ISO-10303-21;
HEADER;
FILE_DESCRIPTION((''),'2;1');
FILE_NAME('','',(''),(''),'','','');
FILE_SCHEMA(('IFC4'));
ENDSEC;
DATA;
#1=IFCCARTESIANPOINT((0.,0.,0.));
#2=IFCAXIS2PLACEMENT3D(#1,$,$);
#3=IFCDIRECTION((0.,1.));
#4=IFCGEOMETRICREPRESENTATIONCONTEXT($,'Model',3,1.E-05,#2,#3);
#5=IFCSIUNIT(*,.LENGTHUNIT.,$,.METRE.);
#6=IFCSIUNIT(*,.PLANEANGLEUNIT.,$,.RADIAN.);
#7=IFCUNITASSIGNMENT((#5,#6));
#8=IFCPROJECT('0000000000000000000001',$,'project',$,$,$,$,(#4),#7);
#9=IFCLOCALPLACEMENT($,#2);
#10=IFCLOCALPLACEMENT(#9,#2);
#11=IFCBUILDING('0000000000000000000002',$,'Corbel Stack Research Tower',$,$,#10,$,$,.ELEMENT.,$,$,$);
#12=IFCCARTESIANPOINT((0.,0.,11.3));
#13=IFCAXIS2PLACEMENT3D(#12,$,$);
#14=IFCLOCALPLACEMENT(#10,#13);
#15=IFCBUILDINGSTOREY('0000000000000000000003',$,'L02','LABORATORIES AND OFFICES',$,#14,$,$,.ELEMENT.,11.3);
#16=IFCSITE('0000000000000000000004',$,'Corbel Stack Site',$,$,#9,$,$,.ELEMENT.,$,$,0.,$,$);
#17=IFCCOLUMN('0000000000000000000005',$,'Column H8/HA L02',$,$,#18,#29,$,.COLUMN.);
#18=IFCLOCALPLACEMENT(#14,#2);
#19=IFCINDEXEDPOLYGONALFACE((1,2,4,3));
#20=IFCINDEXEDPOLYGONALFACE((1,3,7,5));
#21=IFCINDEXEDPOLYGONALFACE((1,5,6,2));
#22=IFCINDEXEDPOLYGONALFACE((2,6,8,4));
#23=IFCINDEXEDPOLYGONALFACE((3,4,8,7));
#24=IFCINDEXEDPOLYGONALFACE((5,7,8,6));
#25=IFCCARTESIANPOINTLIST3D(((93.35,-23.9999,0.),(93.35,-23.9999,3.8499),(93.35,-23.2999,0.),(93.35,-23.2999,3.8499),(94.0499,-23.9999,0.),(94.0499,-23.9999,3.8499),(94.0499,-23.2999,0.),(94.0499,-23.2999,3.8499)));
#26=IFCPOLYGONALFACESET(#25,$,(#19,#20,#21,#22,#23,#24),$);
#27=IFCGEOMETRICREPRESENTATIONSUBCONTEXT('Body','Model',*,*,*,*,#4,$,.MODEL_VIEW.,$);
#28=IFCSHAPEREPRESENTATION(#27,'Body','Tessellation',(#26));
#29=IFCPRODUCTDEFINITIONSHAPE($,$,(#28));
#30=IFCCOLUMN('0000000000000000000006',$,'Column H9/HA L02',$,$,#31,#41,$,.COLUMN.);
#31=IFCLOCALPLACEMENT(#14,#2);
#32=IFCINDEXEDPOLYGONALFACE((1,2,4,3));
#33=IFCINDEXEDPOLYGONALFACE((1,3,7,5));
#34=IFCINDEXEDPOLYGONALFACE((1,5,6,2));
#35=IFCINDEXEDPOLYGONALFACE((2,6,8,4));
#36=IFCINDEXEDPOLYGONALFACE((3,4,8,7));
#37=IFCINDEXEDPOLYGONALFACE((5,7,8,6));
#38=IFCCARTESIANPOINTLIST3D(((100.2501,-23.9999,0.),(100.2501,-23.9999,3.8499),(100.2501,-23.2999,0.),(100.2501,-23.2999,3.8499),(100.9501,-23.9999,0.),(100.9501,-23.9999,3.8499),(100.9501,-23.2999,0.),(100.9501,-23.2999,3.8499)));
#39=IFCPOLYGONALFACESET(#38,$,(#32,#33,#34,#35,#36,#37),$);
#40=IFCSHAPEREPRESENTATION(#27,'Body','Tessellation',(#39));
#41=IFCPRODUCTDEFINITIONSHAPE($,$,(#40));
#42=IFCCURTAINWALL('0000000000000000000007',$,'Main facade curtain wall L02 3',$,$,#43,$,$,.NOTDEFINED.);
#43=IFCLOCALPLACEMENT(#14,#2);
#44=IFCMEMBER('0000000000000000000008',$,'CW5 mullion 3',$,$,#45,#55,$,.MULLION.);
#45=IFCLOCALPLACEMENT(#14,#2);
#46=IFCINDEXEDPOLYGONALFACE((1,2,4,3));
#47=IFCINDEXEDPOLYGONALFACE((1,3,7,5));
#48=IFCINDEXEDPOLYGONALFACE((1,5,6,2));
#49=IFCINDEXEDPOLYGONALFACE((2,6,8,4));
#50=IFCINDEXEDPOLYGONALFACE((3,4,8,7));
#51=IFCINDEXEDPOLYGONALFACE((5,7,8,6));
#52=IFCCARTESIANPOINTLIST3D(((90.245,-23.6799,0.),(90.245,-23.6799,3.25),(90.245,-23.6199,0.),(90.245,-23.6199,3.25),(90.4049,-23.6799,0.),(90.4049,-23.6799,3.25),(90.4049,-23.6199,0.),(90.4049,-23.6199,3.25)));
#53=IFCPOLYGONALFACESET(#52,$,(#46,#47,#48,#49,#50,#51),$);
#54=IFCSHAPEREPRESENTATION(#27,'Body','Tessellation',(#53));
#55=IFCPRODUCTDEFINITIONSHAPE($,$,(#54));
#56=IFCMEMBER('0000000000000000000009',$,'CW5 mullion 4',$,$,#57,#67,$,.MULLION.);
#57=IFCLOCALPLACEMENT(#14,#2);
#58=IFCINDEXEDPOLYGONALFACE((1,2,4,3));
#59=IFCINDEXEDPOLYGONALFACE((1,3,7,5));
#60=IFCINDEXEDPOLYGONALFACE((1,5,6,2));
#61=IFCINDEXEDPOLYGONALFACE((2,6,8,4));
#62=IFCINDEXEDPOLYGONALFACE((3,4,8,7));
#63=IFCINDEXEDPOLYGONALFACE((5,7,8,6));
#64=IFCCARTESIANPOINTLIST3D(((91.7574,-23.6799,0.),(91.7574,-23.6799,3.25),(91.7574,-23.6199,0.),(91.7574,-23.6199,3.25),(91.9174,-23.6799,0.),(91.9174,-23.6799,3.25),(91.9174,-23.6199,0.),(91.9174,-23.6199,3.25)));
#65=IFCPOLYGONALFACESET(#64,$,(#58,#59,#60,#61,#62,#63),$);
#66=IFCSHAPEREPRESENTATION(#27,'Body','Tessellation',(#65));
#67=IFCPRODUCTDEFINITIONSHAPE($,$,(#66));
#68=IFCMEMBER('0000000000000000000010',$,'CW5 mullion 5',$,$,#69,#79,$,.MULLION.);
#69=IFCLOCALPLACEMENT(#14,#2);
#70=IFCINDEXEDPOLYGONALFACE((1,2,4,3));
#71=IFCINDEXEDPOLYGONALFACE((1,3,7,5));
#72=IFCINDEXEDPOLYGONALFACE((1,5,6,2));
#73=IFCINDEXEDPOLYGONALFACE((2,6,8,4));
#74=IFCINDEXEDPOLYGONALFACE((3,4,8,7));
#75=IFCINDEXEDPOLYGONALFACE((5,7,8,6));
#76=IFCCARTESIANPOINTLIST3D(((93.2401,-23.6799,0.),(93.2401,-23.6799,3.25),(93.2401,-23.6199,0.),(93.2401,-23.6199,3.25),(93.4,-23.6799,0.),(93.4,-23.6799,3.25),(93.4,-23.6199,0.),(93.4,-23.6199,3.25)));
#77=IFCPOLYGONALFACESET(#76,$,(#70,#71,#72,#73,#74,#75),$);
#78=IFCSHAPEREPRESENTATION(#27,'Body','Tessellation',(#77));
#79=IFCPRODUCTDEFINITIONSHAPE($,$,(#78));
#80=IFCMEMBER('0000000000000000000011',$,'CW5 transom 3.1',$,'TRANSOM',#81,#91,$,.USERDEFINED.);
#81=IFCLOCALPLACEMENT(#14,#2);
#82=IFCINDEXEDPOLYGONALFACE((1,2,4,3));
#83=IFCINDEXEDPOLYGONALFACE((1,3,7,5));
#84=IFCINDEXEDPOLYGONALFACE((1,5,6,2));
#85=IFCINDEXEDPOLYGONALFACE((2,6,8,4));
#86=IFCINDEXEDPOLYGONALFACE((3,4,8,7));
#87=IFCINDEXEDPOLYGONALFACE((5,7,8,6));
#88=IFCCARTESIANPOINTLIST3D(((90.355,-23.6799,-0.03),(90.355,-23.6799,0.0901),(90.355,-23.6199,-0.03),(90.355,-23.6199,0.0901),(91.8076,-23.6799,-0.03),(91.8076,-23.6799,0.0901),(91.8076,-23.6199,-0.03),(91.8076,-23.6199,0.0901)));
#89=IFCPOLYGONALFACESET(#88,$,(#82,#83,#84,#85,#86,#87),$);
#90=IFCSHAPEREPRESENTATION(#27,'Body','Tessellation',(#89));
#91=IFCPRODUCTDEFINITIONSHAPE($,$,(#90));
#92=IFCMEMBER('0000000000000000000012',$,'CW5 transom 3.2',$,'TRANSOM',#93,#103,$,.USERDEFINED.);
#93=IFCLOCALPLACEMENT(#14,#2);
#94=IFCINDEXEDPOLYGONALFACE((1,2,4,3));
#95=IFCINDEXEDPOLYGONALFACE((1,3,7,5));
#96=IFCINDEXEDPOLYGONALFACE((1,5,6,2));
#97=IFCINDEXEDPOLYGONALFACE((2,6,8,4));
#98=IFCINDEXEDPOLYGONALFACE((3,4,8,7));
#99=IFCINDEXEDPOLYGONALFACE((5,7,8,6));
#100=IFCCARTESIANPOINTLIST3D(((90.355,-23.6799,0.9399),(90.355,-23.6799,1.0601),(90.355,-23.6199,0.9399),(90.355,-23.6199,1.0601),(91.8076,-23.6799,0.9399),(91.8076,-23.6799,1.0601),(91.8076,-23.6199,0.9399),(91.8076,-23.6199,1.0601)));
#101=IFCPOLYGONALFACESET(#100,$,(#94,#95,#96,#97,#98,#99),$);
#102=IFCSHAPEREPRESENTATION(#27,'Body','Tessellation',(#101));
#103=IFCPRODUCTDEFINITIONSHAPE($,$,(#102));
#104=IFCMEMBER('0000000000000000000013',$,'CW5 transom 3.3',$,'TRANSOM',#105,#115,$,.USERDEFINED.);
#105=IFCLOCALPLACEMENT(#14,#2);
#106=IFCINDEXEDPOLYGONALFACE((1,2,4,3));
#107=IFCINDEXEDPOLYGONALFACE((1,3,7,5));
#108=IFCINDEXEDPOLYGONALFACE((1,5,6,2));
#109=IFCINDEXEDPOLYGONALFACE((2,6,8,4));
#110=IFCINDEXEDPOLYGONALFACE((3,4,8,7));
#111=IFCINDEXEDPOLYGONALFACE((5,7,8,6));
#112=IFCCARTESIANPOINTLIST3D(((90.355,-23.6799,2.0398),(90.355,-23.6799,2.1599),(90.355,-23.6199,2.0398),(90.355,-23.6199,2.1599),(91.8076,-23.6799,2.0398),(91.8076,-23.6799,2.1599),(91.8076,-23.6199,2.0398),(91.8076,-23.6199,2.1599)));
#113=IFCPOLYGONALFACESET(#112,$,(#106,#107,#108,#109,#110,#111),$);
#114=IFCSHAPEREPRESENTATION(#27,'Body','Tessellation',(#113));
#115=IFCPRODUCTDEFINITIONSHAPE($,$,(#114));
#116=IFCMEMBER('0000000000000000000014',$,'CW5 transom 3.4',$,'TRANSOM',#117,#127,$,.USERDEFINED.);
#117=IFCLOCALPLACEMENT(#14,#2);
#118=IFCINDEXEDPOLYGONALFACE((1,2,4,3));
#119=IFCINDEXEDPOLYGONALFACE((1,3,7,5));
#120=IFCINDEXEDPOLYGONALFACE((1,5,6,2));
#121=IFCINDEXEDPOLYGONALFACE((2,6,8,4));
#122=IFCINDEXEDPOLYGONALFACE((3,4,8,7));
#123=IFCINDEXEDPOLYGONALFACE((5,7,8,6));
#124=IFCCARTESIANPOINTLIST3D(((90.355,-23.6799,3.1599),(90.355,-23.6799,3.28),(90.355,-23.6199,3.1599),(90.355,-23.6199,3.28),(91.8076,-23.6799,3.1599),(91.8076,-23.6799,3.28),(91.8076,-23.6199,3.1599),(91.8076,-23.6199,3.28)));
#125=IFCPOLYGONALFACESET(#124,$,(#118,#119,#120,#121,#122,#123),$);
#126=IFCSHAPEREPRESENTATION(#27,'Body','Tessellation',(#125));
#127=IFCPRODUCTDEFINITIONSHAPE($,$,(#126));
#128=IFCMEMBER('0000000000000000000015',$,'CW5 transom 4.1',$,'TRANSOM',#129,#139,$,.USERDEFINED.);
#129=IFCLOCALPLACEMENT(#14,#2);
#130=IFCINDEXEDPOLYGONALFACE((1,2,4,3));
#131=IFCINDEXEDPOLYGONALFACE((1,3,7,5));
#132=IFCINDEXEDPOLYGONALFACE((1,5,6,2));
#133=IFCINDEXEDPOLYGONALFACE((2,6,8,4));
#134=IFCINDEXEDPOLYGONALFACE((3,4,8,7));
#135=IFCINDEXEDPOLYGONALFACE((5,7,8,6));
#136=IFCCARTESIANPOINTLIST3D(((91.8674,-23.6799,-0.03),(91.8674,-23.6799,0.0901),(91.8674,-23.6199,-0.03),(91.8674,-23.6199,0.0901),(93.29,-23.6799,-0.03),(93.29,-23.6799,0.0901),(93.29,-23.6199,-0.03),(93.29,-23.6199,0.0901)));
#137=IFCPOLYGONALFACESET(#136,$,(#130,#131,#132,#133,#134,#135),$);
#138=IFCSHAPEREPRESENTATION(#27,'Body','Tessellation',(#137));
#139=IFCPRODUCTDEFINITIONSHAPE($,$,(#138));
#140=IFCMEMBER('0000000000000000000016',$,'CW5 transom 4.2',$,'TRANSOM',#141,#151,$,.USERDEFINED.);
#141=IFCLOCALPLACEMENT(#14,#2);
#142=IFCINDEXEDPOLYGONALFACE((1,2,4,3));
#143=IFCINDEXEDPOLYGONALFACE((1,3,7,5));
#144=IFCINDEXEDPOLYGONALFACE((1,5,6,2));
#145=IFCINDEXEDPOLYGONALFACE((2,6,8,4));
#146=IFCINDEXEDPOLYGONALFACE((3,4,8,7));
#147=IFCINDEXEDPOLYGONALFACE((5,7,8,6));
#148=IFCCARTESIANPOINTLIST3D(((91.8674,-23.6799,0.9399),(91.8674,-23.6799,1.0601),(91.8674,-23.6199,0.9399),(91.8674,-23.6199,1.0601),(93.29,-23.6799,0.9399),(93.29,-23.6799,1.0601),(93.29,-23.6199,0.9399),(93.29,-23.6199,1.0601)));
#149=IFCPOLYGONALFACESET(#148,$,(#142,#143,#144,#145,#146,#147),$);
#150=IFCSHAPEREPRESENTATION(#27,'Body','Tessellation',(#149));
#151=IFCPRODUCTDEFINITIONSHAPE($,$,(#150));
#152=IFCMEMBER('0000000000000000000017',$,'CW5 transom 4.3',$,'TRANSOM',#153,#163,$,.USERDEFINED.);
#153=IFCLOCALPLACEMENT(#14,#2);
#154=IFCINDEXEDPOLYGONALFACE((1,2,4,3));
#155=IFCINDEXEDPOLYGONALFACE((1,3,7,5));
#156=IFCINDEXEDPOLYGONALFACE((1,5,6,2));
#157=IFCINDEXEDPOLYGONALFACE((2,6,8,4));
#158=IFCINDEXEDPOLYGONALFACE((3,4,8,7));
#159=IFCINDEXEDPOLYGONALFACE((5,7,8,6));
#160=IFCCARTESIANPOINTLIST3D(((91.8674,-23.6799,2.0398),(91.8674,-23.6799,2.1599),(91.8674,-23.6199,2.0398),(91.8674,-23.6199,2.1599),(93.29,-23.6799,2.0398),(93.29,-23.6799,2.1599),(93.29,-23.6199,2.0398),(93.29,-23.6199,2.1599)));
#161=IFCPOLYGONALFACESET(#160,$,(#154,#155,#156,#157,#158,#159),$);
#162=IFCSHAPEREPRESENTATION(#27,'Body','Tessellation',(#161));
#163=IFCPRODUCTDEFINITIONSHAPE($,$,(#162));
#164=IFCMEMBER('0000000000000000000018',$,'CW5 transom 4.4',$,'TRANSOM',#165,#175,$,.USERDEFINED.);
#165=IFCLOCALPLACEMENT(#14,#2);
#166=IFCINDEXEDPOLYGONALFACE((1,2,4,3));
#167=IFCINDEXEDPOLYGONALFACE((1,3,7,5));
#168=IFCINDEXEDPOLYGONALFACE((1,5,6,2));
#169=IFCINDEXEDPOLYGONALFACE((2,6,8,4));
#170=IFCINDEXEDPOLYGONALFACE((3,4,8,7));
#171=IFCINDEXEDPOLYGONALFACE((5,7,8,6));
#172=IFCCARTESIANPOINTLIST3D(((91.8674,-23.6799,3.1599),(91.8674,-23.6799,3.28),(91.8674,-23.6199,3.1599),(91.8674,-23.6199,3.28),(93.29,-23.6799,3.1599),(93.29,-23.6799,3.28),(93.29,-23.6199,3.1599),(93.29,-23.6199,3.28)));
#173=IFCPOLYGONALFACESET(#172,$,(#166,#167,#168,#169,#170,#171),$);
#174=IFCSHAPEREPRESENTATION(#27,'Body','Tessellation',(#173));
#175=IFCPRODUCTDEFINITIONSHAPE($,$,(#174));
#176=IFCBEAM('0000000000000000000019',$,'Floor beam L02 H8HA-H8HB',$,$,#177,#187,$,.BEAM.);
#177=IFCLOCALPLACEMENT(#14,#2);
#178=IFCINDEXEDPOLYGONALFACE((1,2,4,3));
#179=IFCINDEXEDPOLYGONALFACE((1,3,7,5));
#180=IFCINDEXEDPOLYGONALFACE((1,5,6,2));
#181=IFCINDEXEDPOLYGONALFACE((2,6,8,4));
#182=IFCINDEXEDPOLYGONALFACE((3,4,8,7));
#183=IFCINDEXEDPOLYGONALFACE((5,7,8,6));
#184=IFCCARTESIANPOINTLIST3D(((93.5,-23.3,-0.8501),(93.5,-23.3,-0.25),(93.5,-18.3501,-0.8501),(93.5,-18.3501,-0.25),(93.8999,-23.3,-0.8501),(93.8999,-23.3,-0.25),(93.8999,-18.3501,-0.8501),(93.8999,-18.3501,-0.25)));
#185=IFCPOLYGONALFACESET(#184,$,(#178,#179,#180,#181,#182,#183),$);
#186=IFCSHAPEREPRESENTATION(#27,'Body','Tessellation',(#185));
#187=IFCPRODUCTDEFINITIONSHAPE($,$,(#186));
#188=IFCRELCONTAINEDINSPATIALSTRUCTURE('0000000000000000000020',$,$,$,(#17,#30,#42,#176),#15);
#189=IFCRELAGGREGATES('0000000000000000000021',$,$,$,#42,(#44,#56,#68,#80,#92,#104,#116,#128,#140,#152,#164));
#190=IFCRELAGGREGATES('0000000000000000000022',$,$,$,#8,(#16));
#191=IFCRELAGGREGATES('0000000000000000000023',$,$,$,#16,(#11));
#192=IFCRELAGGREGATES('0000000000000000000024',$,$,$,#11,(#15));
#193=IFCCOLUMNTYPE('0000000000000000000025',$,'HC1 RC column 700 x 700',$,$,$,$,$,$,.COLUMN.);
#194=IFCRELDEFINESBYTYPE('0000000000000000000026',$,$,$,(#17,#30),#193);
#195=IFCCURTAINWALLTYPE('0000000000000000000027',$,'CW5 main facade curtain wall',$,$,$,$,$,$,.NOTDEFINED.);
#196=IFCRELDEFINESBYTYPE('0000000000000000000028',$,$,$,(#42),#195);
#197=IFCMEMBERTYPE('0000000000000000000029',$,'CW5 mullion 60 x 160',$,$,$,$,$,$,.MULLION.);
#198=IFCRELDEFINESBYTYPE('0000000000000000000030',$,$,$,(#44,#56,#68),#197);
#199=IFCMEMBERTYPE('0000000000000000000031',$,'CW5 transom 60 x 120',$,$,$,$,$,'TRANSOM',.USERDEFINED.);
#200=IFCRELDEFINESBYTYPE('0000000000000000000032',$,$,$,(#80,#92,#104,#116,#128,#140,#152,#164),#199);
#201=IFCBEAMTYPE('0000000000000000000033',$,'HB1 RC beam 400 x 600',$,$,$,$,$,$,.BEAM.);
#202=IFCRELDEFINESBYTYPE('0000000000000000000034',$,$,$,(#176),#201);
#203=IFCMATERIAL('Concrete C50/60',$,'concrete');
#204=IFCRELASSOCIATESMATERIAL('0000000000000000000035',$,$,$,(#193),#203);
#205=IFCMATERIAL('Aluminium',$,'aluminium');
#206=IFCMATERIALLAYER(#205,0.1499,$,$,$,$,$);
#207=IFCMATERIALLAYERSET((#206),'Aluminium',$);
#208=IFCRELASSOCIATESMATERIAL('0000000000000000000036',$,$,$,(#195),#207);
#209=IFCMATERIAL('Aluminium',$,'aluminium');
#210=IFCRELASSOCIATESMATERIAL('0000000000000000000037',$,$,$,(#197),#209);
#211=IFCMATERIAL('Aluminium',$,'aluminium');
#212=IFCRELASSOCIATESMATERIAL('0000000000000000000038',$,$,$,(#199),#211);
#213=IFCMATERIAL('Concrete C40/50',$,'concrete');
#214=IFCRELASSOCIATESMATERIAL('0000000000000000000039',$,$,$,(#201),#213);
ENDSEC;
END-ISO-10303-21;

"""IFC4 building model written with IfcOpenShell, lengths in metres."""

from ifc_helpers import new_model, si_unit, direction, frame, origin, origin_2d, place, context, subcontext, project, spatial, rectangle, extrude, material, layer, layer_set, material_profile, profile_set, type_object, element, aggregate, save


model = new_model("IFC4")

# Units and contexts
model_context = context("Model", 3, precision=1e-05, world=origin(), true_north=direction((0.0, 1.0)))
body_context = subcontext(model_context, "Body", "Model", "MODEL_VIEW")
ifc_project = project(units=[si_unit("LENGTHUNIT", "METRE"), si_unit("PLANEANGLEUNIT", "RADIAN")], contexts=[model_context])

# Site, building, storey
site_placement = place(None, origin())
site = spatial("IfcSite", under=ifc_project, at=site_placement, Name="Corbel Stack Site", CompositionType="ELEMENT", RefElevation=0.0)
building_placement = place(site_placement, origin())
building = spatial("IfcBuilding", under=site, at=building_placement, Name="Corbel Stack Research Tower", CompositionType="ELEMENT")
storey_placement = place(building_placement, frame((0.0, 0.0, 11.3)))
storey = spatial("IfcBuildingStorey", under=building, at=storey_placement, Name="L02", Description="LABORATORIES AND OFFICES", CompositionType="ELEMENT", Elevation=11.3)

# Columns
ifc_material_1 = material(Name="Concrete C50/60", Category="concrete")
ifc_material_profile_1 = material_profile(ifc_material_1, rectangle(XDim=0.7, YDim=0.7, at=origin_2d()), Name="RC 700 x 700")
ifc_profile_set_1 = profile_set([ifc_material_profile_1], Name="Concrete C50/60")
column_type = type_object("IfcColumnType", Name="HC1 RC column 700 x 700", PredefinedType="COLUMN", material=ifc_profile_set_1)
for number, where, z_axis, x_axis, name in (
    (1, (93.7, -23.6499, 0.0), (0.0, 0.0, 1.0), (1.0, 0.0, 0.0), "Column H8/HA L02"),
    (2, (100.6001, -23.6499, 0.0), (0.0, 0.0, 1.0), (1.0, 0.0, 0.0), "Column H9/HA L02"),
):
    element("IfcColumn", number, at=place(storey_placement, frame(where, z_axis=z_axis, x_axis=x_axis)), inside=storey, type_object=column_type, Name=name, PredefinedType="COLUMN", context=body_context, shape_type="SweptSolid", body=[
        extrude(rectangle(XDim=0.7, YDim=0.7, at=origin_2d()), origin(), (0.0, 0.0, 1.0), 3.8499),
    ])

# Curtain wall, members
ifc_material_2 = material(Name="Aluminium", Category="aluminium")
ifc_layer_1 = layer(ifc_material_2, 0.1499)
ifc_layer_set_1 = layer_set([ifc_layer_1], Name="Aluminium")
curtain_wall_type = type_object("IfcCurtainWallType", Name="CW5 main facade curtain wall", PredefinedType="NOTDEFINED", material=ifc_layer_set_1)
curtain_wall_placement = place(storey_placement, origin())
curtain_wall = element("IfcCurtainWall", 3, at=curtain_wall_placement, inside=storey, type_object=curtain_wall_type, Name="Main facade curtain wall L02 3", PredefinedType="NOTDEFINED")
ifc_material_3 = material(Name="Aluminium", Category="aluminium")
ifc_material_profile_2 = material_profile(ifc_material_3, rectangle(XDim=0.0601, YDim=0.1599, at=origin_2d()), Name="Mullion 60 x 160")
ifc_profile_set_2 = profile_set([ifc_material_profile_2], Name="Aluminium")
member_type_1 = type_object("IfcMemberType", Name="CW5 mullion 60 x 160", PredefinedType="MULLION", material=ifc_profile_set_2)
member_1_placement = place(storey_placement, frame((90.325, -23.6499, 0.0), z_axis=(0.0, 0.0, 1.0), x_axis=(0.0, 1.0, 0.0)))
member_1 = element("IfcMember", 4, at=member_1_placement, type_object=member_type_1, Name="CW5 mullion 3", PredefinedType="MULLION", context=body_context, shape_type="SweptSolid", body=[
    extrude(rectangle(XDim=0.0601, YDim=0.1599, at=origin_2d()), origin(), (0.0, 0.0, 1.0), 3.25),
])
member_2_placement = place(storey_placement, frame((91.8374, -23.6499, 0.0), z_axis=(0.0, 0.0, 1.0), x_axis=(0.0, 1.0, 0.0)))
member_2 = element("IfcMember", 5, at=member_2_placement, type_object=member_type_1, Name="CW5 mullion 4", PredefinedType="MULLION", context=body_context, shape_type="SweptSolid", body=[
    extrude(rectangle(XDim=0.0601, YDim=0.1599, at=origin_2d()), origin(), (0.0, 0.0, 1.0), 3.25),
])
member_3_placement = place(storey_placement, frame((93.3201, -23.6499, 0.0), z_axis=(0.0, 0.0, 1.0), x_axis=(0.0, 1.0, 0.0)))
member_3 = element("IfcMember", 6, at=member_3_placement, type_object=member_type_1, Name="CW5 mullion 5", PredefinedType="MULLION", context=body_context, shape_type="SweptSolid", body=[
    extrude(rectangle(XDim=0.0601, YDim=0.1599, at=origin_2d()), origin(), (0.0, 0.0, 1.0), 3.25),
])
ifc_material_4 = material(Name="Aluminium", Category="aluminium")
ifc_material_profile_3 = material_profile(ifc_material_4, rectangle(XDim=0.0601, YDim=0.1201, at=origin_2d()), Name="Transom 60 x 120")
ifc_profile_set_3 = profile_set([ifc_material_profile_3], Name="Aluminium")
member_type_2 = type_object("IfcMemberType", Name="CW5 transom 60 x 120", ElementType="TRANSOM", PredefinedType="USERDEFINED", material=ifc_profile_set_3)
member_4_placement = place(storey_placement, frame((90.355, -23.6499, 0.03), z_axis=(1.0, 0.0, 0.0), x_axis=(0.0, 1.0, 0.0)))
member_4 = element("IfcMember", 7, at=member_4_placement, type_object=member_type_2, Name="CW5 transom 3.1", ObjectType="TRANSOM", PredefinedType="USERDEFINED", context=body_context, shape_type="SweptSolid", body=[
    extrude(rectangle(XDim=0.0601, YDim=0.1201, at=origin_2d()), origin(), (0.0, 0.0, 1.0), 1.4526),
])
member_5_placement = place(storey_placement, frame((90.355, -23.6499, 1.0), z_axis=(1.0, 0.0, 0.0), x_axis=(0.0, 1.0, 0.0)))
member_5 = element("IfcMember", 8, at=member_5_placement, type_object=member_type_2, Name="CW5 transom 3.2", ObjectType="TRANSOM", PredefinedType="USERDEFINED", context=body_context, shape_type="SweptSolid", body=[
    extrude(rectangle(XDim=0.0601, YDim=0.1201, at=origin_2d()), origin(), (0.0, 0.0, 1.0), 1.4526),
])
member_6_placement = place(storey_placement, frame((90.355, -23.6499, 2.0999), z_axis=(1.0, 0.0, 0.0), x_axis=(0.0, 1.0, 0.0)))
member_6 = element("IfcMember", 9, at=member_6_placement, type_object=member_type_2, Name="CW5 transom 3.3", ObjectType="TRANSOM", PredefinedType="USERDEFINED", context=body_context, shape_type="SweptSolid", body=[
    extrude(rectangle(XDim=0.0601, YDim=0.1201, at=origin_2d()), origin(), (0.0, 0.0, 1.0), 1.4526),
])
member_7_placement = place(storey_placement, frame((90.355, -23.6499, 3.22), z_axis=(1.0, 0.0, 0.0), x_axis=(0.0, 1.0, 0.0)))
member_7 = element("IfcMember", 10, at=member_7_placement, type_object=member_type_2, Name="CW5 transom 3.4", ObjectType="TRANSOM", PredefinedType="USERDEFINED", context=body_context, shape_type="SweptSolid", body=[
    extrude(rectangle(XDim=0.0601, YDim=0.1201, at=origin_2d()), origin(), (0.0, 0.0, 1.0), 1.4526),
])
member_8_placement = place(storey_placement, frame((91.8674, -23.6499, 0.03), z_axis=(1.0, 0.0, 0.0), x_axis=(0.0, 1.0, 0.0)))
member_8 = element("IfcMember", 11, at=member_8_placement, type_object=member_type_2, Name="CW5 transom 4.1", ObjectType="TRANSOM", PredefinedType="USERDEFINED", context=body_context, shape_type="SweptSolid", body=[
    extrude(rectangle(XDim=0.0601, YDim=0.1201, at=origin_2d()), origin(), (0.0, 0.0, 1.0), 1.4226),
])
member_9_placement = place(storey_placement, frame((91.8674, -23.6499, 1.0), z_axis=(1.0, 0.0, 0.0), x_axis=(0.0, 1.0, 0.0)))
member_9 = element("IfcMember", 12, at=member_9_placement, type_object=member_type_2, Name="CW5 transom 4.2", ObjectType="TRANSOM", PredefinedType="USERDEFINED", context=body_context, shape_type="SweptSolid", body=[
    extrude(rectangle(XDim=0.0601, YDim=0.1201, at=origin_2d()), origin(), (0.0, 0.0, 1.0), 1.4226),
])
member_10_placement = place(storey_placement, frame((91.8674, -23.6499, 2.0999), z_axis=(1.0, 0.0, 0.0), x_axis=(0.0, 1.0, 0.0)))
member_10 = element("IfcMember", 13, at=member_10_placement, type_object=member_type_2, Name="CW5 transom 4.3", ObjectType="TRANSOM", PredefinedType="USERDEFINED", context=body_context, shape_type="SweptSolid", body=[
    extrude(rectangle(XDim=0.0601, YDim=0.1201, at=origin_2d()), origin(), (0.0, 0.0, 1.0), 1.4226),
])
member_11_placement = place(storey_placement, frame((91.8674, -23.6499, 3.22), z_axis=(1.0, 0.0, 0.0), x_axis=(0.0, 1.0, 0.0)))
member_11 = element("IfcMember", 14, at=member_11_placement, type_object=member_type_2, Name="CW5 transom 4.4", ObjectType="TRANSOM", PredefinedType="USERDEFINED", context=body_context, shape_type="SweptSolid", body=[
    extrude(rectangle(XDim=0.0601, YDim=0.1201, at=origin_2d()), origin(), (0.0, 0.0, 1.0), 1.4226),
])

# Beam
ifc_material_5 = material(Name="Concrete C40/50", Category="concrete")
ifc_material_profile_4 = material_profile(ifc_material_5, rectangle(XDim=0.3999, YDim=0.6001, at=origin_2d()), Name="RC 400 x 600")
ifc_profile_set_4 = profile_set([ifc_material_profile_4], Name="Concrete C40/50")
beam_type = type_object("IfcBeamType", Name="HB1 RC beam 400 x 600", PredefinedType="BEAM", material=ifc_profile_set_4)
for number, where, z_axis, x_axis, name in (
    (15, (93.7, -23.3, -0.55), (0.0, 1.0, 0.0), (-1.0, 0.0, 0.0), "Floor beam L02 H8HA-H8HB"),
):
    element("IfcBeam", number, at=place(storey_placement, frame(where, z_axis=z_axis, x_axis=x_axis)), inside=storey, type_object=beam_type, Name=name, PredefinedType="BEAM", context=body_context, shape_type="SweptSolid", body=[
        extrude(rectangle(XDim=0.3999, YDim=0.6001, at=origin_2d()), origin(), (0.0, 0.0, 1.0), 4.95),
    ])

aggregate(curtain_wall, [member_1, member_2, member_3, member_4, member_5, member_6, member_7, member_8, member_9, member_10, member_11])

save(model, "model.ifc")
